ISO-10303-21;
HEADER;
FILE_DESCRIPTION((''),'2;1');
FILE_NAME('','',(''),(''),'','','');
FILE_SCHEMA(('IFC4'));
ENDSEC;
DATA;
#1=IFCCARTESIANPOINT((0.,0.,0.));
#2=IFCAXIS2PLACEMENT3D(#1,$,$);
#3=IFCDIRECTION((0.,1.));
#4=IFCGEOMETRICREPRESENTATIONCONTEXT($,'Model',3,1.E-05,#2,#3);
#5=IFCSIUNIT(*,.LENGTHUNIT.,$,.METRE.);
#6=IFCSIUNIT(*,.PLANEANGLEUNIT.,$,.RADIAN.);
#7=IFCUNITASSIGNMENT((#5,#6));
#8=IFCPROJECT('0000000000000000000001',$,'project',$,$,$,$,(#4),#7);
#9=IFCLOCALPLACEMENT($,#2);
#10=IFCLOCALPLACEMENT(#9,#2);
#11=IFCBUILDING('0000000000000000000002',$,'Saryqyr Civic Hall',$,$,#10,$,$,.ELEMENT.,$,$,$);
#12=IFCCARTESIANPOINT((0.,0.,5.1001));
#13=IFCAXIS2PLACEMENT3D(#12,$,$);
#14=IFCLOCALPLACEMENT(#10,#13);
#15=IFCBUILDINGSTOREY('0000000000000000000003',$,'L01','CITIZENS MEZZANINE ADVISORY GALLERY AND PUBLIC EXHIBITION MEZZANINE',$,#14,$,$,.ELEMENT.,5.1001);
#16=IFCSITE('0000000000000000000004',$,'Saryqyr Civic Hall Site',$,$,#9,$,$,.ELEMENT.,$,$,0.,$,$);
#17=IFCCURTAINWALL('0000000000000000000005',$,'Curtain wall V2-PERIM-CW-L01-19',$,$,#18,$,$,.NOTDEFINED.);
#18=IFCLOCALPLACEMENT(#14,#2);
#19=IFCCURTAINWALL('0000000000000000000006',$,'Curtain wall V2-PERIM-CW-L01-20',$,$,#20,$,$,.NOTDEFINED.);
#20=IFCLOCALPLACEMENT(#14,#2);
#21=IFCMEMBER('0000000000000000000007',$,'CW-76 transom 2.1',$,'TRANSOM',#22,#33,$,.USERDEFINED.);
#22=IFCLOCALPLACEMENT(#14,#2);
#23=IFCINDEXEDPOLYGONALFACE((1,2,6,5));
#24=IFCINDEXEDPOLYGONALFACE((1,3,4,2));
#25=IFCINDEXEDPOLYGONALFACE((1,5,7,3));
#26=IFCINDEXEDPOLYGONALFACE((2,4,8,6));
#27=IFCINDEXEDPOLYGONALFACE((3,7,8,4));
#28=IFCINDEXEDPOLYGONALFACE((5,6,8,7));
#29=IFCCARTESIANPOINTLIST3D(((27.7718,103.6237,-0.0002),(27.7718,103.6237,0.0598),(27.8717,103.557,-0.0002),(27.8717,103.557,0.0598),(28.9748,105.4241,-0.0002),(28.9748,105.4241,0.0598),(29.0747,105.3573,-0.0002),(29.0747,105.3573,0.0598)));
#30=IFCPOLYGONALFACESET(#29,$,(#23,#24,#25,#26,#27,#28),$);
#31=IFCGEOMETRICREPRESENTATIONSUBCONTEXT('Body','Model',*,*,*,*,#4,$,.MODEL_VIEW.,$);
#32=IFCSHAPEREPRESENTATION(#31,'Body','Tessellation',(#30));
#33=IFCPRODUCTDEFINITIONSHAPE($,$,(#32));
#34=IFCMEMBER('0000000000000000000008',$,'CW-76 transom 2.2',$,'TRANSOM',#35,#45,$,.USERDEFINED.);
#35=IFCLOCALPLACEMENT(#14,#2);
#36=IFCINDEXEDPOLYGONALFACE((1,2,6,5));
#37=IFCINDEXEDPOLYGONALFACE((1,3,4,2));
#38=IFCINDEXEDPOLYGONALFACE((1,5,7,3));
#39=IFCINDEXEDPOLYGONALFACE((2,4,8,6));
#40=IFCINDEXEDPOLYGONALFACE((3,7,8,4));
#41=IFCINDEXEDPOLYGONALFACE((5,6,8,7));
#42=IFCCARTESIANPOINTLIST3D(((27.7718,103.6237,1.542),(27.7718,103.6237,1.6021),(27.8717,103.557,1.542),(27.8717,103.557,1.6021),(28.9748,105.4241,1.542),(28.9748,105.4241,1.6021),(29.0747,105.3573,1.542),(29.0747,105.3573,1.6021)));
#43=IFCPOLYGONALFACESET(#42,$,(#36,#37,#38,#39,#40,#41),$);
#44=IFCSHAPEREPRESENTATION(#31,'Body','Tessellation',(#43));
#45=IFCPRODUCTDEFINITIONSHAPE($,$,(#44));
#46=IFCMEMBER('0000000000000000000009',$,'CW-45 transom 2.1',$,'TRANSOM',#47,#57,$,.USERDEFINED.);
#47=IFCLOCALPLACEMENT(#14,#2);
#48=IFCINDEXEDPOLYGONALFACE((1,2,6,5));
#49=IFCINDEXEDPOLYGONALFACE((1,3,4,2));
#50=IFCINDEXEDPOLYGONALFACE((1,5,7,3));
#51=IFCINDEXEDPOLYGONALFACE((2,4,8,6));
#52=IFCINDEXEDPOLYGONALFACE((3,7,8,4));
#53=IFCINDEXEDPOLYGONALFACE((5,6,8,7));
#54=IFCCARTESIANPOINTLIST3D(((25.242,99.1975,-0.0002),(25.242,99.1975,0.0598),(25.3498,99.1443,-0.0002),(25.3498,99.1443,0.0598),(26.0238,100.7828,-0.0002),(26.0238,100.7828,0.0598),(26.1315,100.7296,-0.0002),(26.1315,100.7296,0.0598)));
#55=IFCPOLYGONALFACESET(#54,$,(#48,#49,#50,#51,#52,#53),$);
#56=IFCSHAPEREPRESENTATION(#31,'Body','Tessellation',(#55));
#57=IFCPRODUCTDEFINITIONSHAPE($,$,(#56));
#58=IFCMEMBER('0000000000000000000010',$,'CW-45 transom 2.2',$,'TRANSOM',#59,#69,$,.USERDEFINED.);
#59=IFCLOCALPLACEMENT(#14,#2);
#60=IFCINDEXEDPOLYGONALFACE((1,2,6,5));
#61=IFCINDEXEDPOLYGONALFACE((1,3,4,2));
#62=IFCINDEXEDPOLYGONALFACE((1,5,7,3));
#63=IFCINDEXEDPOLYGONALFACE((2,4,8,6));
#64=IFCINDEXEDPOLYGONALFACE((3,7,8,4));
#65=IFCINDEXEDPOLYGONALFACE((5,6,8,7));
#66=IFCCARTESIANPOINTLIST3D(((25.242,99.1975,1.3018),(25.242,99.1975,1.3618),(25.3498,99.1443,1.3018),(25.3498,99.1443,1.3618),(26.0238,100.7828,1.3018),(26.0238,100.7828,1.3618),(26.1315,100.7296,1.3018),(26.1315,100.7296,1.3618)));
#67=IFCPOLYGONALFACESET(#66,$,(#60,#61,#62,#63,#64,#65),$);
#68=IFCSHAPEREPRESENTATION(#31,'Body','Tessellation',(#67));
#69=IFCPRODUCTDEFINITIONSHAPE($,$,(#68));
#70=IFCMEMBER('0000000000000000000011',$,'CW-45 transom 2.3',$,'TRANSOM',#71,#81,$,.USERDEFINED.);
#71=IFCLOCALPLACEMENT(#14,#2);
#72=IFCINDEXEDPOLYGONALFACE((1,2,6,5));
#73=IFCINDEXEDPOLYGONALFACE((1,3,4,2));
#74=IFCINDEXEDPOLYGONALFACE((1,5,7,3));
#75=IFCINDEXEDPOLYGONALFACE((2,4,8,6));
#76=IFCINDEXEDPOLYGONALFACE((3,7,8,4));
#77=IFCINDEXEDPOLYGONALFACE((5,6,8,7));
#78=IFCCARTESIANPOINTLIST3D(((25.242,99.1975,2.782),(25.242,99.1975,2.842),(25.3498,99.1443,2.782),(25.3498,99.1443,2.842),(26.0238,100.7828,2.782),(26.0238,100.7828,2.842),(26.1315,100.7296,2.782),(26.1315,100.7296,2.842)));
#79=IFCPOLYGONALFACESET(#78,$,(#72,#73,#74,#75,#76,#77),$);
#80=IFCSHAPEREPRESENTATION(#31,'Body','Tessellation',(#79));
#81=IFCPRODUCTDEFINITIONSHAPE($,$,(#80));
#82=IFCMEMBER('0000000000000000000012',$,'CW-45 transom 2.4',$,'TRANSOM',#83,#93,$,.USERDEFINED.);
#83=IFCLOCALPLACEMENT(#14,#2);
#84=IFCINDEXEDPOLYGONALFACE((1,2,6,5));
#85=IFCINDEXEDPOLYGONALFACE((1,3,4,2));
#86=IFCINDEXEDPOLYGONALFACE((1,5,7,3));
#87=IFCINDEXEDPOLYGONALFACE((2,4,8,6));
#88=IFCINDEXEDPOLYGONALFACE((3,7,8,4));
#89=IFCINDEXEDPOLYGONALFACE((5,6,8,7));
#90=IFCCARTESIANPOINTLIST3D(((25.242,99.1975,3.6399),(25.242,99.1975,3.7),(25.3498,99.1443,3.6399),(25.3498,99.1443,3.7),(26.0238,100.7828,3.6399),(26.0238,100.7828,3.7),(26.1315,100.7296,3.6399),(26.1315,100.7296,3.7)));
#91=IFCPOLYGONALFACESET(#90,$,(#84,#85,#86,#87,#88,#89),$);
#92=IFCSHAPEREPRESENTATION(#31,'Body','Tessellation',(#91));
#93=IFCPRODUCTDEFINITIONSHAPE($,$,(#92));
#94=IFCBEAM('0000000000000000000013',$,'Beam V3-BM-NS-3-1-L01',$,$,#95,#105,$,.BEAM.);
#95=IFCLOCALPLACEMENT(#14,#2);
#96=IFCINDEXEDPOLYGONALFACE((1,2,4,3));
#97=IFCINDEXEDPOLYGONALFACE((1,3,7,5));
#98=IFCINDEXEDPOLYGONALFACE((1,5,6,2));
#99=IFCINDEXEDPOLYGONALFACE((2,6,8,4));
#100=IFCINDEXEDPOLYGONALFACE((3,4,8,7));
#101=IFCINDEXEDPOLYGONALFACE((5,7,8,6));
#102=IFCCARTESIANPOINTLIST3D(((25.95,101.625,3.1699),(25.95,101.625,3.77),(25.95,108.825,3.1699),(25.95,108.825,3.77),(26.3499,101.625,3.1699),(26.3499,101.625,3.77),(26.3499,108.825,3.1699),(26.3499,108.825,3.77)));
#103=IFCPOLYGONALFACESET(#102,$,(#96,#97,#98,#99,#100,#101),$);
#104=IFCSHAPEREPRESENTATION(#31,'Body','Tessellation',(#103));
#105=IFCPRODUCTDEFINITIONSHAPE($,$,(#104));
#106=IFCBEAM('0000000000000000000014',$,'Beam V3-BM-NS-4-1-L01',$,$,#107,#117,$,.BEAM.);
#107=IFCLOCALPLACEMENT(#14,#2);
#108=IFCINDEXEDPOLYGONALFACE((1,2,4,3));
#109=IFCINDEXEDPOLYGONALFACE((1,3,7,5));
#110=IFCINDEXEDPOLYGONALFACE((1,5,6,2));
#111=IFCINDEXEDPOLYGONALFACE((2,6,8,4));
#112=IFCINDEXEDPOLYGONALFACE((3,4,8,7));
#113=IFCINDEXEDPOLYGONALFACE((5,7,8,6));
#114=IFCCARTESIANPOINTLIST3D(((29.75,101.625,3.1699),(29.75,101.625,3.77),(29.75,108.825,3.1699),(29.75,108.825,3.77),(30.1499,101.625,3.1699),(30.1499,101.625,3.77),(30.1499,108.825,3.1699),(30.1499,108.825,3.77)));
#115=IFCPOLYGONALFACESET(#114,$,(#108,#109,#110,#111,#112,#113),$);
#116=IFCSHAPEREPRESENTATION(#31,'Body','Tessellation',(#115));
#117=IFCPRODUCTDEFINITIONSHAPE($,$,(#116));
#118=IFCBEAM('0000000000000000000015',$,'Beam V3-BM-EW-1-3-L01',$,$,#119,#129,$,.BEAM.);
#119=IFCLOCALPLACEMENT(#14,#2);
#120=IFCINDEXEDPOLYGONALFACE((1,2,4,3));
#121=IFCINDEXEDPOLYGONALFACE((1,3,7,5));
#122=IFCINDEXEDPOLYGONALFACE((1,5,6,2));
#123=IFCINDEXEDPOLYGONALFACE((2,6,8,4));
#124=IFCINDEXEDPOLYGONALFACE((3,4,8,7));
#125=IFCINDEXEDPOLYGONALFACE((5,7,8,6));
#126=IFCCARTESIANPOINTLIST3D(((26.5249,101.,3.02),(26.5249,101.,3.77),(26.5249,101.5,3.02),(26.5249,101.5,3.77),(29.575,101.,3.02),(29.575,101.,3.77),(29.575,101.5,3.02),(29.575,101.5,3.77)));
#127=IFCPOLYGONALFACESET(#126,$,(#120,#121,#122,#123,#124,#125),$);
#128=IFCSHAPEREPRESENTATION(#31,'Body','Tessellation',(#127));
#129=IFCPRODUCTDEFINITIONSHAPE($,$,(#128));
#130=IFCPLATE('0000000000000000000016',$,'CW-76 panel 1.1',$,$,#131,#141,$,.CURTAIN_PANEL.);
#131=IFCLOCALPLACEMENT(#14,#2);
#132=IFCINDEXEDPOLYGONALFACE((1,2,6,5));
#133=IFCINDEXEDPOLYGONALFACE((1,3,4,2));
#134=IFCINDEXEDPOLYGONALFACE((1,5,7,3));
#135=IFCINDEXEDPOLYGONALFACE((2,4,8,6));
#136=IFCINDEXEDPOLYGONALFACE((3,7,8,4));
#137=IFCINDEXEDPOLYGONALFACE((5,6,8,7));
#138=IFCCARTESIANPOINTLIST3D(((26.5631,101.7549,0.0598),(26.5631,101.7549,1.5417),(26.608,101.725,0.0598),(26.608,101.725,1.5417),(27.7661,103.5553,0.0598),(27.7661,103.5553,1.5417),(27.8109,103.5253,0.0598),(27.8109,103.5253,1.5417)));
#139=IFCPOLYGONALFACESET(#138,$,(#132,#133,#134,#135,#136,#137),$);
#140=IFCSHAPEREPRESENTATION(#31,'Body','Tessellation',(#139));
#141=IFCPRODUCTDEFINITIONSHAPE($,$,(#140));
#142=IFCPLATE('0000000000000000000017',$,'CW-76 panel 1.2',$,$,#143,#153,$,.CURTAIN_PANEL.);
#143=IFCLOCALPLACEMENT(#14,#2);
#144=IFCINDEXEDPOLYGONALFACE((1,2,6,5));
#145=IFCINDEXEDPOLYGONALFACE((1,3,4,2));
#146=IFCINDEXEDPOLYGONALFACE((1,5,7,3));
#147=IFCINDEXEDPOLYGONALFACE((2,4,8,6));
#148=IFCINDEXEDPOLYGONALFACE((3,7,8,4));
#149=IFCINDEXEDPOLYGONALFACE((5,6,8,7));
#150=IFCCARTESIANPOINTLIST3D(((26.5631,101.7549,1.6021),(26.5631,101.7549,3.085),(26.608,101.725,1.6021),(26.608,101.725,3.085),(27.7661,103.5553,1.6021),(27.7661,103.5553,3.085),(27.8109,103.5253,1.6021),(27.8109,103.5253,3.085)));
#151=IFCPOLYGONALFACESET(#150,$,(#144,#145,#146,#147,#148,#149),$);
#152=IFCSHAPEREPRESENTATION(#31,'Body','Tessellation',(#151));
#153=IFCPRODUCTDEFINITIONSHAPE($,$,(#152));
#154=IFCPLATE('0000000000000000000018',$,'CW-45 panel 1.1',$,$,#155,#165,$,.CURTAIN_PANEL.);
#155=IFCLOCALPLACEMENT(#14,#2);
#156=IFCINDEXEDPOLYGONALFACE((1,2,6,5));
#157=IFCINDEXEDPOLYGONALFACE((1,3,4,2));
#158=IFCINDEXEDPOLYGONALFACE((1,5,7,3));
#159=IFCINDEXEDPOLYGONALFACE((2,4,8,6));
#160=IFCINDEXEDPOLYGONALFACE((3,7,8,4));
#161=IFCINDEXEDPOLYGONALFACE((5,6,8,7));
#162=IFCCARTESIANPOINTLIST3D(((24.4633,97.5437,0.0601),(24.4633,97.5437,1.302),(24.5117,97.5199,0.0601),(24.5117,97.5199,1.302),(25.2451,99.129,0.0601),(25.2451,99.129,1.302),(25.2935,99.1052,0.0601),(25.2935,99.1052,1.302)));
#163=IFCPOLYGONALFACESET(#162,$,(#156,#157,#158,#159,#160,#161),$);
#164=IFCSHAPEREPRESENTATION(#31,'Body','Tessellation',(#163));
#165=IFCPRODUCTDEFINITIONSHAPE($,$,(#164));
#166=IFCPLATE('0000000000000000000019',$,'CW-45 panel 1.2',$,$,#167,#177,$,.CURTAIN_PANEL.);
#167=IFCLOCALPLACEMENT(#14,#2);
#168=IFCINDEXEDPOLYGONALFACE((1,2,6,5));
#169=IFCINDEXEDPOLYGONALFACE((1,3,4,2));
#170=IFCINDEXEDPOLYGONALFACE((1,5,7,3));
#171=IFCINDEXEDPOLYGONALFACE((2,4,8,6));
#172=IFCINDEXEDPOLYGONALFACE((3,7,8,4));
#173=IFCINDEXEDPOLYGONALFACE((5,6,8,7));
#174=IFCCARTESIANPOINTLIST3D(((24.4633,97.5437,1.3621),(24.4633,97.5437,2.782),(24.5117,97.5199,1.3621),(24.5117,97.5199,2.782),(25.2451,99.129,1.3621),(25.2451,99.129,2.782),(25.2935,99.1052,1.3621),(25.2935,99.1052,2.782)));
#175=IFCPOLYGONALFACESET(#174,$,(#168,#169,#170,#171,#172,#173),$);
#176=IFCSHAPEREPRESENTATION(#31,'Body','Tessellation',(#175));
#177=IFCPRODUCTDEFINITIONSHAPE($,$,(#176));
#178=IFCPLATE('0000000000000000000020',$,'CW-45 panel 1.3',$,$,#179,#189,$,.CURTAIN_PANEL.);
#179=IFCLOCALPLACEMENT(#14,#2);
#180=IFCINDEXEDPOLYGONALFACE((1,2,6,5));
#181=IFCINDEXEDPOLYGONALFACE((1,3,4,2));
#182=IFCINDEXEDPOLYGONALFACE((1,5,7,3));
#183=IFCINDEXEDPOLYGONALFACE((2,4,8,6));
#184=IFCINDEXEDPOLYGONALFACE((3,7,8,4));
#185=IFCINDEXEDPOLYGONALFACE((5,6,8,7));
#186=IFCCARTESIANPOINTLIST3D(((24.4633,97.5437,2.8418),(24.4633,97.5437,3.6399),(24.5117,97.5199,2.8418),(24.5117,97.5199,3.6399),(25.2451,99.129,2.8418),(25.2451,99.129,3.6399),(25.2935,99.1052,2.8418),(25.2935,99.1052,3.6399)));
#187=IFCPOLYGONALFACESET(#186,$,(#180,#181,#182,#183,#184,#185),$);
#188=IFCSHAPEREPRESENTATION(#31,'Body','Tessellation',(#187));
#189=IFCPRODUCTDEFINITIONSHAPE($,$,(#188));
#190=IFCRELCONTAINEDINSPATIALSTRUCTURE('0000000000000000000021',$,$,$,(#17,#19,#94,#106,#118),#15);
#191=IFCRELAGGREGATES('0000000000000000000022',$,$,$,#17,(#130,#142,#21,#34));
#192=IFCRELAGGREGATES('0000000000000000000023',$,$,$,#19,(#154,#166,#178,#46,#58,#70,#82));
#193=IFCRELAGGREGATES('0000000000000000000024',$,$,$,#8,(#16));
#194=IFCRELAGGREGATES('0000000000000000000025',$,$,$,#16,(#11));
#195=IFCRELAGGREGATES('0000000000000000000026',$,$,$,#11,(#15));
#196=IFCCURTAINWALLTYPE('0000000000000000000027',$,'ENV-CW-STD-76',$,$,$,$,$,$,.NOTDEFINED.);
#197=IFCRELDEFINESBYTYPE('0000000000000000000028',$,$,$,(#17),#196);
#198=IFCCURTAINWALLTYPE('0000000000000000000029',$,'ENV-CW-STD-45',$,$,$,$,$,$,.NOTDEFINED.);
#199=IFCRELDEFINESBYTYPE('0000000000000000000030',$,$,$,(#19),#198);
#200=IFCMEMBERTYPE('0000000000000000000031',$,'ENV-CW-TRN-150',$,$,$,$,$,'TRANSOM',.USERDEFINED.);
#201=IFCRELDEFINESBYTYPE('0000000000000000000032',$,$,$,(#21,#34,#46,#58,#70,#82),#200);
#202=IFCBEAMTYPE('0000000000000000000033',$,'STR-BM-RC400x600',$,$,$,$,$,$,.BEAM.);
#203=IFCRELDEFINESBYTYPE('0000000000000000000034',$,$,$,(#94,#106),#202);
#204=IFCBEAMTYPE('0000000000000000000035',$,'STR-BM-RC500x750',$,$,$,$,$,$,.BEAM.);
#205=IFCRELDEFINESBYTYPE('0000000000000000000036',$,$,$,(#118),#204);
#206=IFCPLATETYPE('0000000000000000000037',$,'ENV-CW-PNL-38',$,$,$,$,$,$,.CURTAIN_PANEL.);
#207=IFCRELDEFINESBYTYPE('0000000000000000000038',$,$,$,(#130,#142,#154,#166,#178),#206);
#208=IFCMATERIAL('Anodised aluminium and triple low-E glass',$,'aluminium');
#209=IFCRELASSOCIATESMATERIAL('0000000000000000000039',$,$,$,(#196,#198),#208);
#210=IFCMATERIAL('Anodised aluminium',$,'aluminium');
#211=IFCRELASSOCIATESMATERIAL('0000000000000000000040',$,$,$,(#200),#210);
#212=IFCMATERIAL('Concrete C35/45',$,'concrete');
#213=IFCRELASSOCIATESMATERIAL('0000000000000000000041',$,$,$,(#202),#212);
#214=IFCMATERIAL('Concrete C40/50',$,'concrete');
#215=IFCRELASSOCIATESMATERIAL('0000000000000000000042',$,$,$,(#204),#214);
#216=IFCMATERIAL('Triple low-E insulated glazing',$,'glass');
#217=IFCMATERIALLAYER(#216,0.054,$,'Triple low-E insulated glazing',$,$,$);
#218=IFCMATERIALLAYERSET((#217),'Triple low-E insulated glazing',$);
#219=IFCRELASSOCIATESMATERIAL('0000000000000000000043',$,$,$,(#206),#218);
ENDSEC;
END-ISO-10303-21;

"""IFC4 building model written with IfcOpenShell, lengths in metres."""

from ifc_helpers import new_model, si_unit, direction, frame, origin, origin_2d, place, context, subcontext, project, spatial, rectangle, extrude, material, layer, layer_set, material_profile, profile_set, type_object, element, aggregate, save


model = new_model("IFC4")

# Units and contexts
model_context = context("Model", 3, precision=1e-05, world=origin(), true_north=direction((0.0, 1.0)))
body_context = subcontext(model_context, "Body", "Model", "MODEL_VIEW")
ifc_project = project(units=[si_unit("LENGTHUNIT", "METRE"), si_unit("PLANEANGLEUNIT", "RADIAN")], contexts=[model_context])

# Site, building, storey
site_placement = place(None, origin())
site = spatial("IfcSite", under=ifc_project, at=site_placement, Name="Saryqyr Civic Hall Site", CompositionType="ELEMENT", RefElevation=0.0)
building_placement = place(site_placement, origin())
building = spatial("IfcBuilding", under=site, at=building_placement, Name="Saryqyr Civic Hall", CompositionType="ELEMENT")
storey_placement = place(building_placement, frame((0.0, 0.0, 5.1001)))
storey = spatial("IfcBuildingStorey", under=building, at=storey_placement, Name="L01", Description="CITIZENS MEZZANINE ADVISORY GALLERY AND PUBLIC EXHIBITION MEZZANINE", CompositionType="ELEMENT", Elevation=5.1001)

# Shared definitions
ifc_material_1 = material(Name="Concrete C40/50", Category="concrete")

# Curtain walls
ifc_material_2 = material(Name="Anodised aluminium and triple low-E glass", Category="aluminium")
curtain_wall_type_1 = type_object("IfcCurtainWallType", Name="ENV-CW-STD-76", PredefinedType="NOTDEFINED", material=ifc_material_2)
curtain_wall_1_placement = place(storey_placement, origin())
curtain_wall_1 = element("IfcCurtainWall", 1, at=curtain_wall_1_placement, inside=storey, type_object=curtain_wall_type_1, Name="Curtain wall V2-PERIM-CW-L01-19", PredefinedType="NOTDEFINED")
ifc_material_3 = material(Name="Anodised aluminium", Category="aluminium")
curtain_wall_type_2 = type_object("IfcCurtainWallType", Name="ENV-CW-STD-45", PredefinedType="NOTDEFINED", material=ifc_material_2)
curtain_wall_2_placement = place(storey_placement, origin())
curtain_wall_2 = element("IfcCurtainWall", 2, at=curtain_wall_2_placement, inside=storey, type_object=curtain_wall_type_2, Name="Curtain wall V2-PERIM-CW-L01-20", PredefinedType="NOTDEFINED")

# Members
ifc_material_profile_1 = material_profile(ifc_material_3, rectangle(XDim=0.1201, YDim=0.0601, at=origin_2d()), Name="ALU TRANSOM 120x60")
ifc_profile_set_1 = profile_set([ifc_material_profile_1], Name="Anodised aluminium")
member_type_1 = type_object("IfcMemberType", Name="ENV-CW-TRN-150", ElementType="TRANSOM", PredefinedType="USERDEFINED", material=ifc_profile_set_1)
member_1_placement = place(storey_placement, frame((27.8218, 103.5903, 0.0298), z_axis=(0.555559, 0.831477, 0.0), x_axis=(-0.831477, 0.555559, 0.0)))
member_1 = element("IfcMember", 3, at=member_1_placement, type_object=member_type_1, Name="CW-76 transom 2.1", ObjectType="TRANSOM", PredefinedType="USERDEFINED", context=body_context, shape_type="SweptSolid", body=[
    extrude(rectangle(XDim=0.1201, YDim=0.0601, at=origin_2d()), origin(), (0.0, 0.0, 1.0), 2.1653),
])
member_2_placement = place(storey_placement, frame((27.8218, 103.5903, 1.572), z_axis=(0.555559, 0.831477, 0.0), x_axis=(-0.831477, 0.555559, 0.0)))
member_2 = element("IfcMember", 4, at=member_2_placement, type_object=member_type_1, Name="CW-76 transom 2.2", ObjectType="TRANSOM", PredefinedType="USERDEFINED", context=body_context, shape_type="SweptSolid", body=[
    extrude(rectangle(XDim=0.1201, YDim=0.0601, at=origin_2d()), origin(), (0.0, 0.0, 1.0), 2.1653),
])
member_3_placement = place(storey_placement, frame((25.2959, 99.1709, 0.0298), z_axis=(0.442289, 0.896872, 0.0), x_axis=(-0.896872, 0.442289, 0.0)))
member_3 = element("IfcMember", 5, at=member_3_placement, type_object=member_type_1, Name="CW-45 transom 2.1", ObjectType="TRANSOM", PredefinedType="USERDEFINED", context=body_context, shape_type="SweptSolid", body=[
    extrude(rectangle(XDim=0.1201, YDim=0.0601, at=origin_2d()), origin(), (0.0, 0.0, 1.0), 1.7676),
])
member_4_placement = place(storey_placement, frame((25.2959, 99.1709, 1.3318), z_axis=(0.442289, 0.896872, 0.0), x_axis=(-0.896872, 0.442289, 0.0)))
member_4 = element("IfcMember", 6, at=member_4_placement, type_object=member_type_1, Name="CW-45 transom 2.2", ObjectType="TRANSOM", PredefinedType="USERDEFINED", context=body_context, shape_type="SweptSolid", body=[
    extrude(rectangle(XDim=0.1201, YDim=0.0601, at=origin_2d()), origin(), (0.0, 0.0, 1.0), 1.7676),
])
member_5_placement = place(storey_placement, frame((25.2959, 99.1709, 2.812), z_axis=(0.442289, 0.896872, 0.0), x_axis=(-0.896872, 0.442289, 0.0)))
member_5 = element("IfcMember", 7, at=member_5_placement, type_object=member_type_1, Name="CW-45 transom 2.3", ObjectType="TRANSOM", PredefinedType="USERDEFINED", context=body_context, shape_type="SweptSolid", body=[
    extrude(rectangle(XDim=0.1201, YDim=0.0601, at=origin_2d()), origin(), (0.0, 0.0, 1.0), 1.7676),
])
member_6_placement = place(storey_placement, frame((25.2959, 99.1709, 3.6699), z_axis=(0.442289, 0.896872, 0.0), x_axis=(-0.896872, 0.442289, 0.0)))
member_6 = element("IfcMember", 8, at=member_6_placement, type_object=member_type_1, Name="CW-45 transom 2.4", ObjectType="TRANSOM", PredefinedType="USERDEFINED", context=body_context, shape_type="SweptSolid", body=[
    extrude(rectangle(XDim=0.1201, YDim=0.0601, at=origin_2d()), origin(), (0.0, 0.0, 1.0), 1.7676),
])

# Beams
ifc_material_4 = material(Name="Concrete C35/45", Category="concrete")
ifc_material_profile_2 = material_profile(ifc_material_4, rectangle(XDim=0.3999, YDim=0.6001, at=origin_2d()), Name="RC 400x600")
ifc_profile_set_2 = profile_set([ifc_material_profile_2], Name="Concrete C35/45")
beam_type_1 = type_object("IfcBeamType", Name="STR-BM-RC400x600", PredefinedType="BEAM", material=ifc_profile_set_2)
for number, where, z_axis, x_axis, name in (
    (9, (26.1499, 101.625, 3.47), (0.0, 1.0, 0.0), (-1.0, 0.0, 0.0), "Beam V3-BM-NS-3-1-L01"),
    (10, (29.95, 101.625, 3.47), (0.0, 1.0, 0.0), (-1.0, 0.0, 0.0), "Beam V3-BM-NS-4-1-L01"),
):
    element("IfcBeam", number, at=place(storey_placement, frame(where, z_axis=z_axis, x_axis=x_axis)), inside=storey, type_object=beam_type_1, Name=name, PredefinedType="BEAM", context=body_context, shape_type="SweptSolid", body=[
        extrude(rectangle(XDim=0.3999, YDim=0.6001, at=origin_2d()), origin(), (0.0, 0.0, 1.0), 7.2),
    ])
ifc_material_profile_3 = material_profile(ifc_material_1, rectangle(XDim=0.5, YDim=0.75, at=origin_2d()), Name="RC 500x750")
ifc_profile_set_3 = profile_set([ifc_material_profile_3], Name="Concrete C40/50")
beam_type_2 = type_object("IfcBeamType", Name="STR-BM-RC500x750", PredefinedType="BEAM", material=ifc_profile_set_3)
beam_placement = place(storey_placement, frame((26.5249, 101.25, 3.395), z_axis=(1.0, 0.0, 0.0), x_axis=(0.0, 1.0, 0.0)))
element("IfcBeam", 11, at=beam_placement, inside=storey, type_object=beam_type_2, Name="Beam V3-BM-EW-1-3-L01", PredefinedType="BEAM", context=body_context, shape_type="SweptSolid", body=[
    extrude(rectangle(XDim=0.5, YDim=0.75, at=origin_2d()), origin(), (0.0, 0.0, 1.0), 3.05),
])

# Plates
ifc_material_5 = material(Name="Triple low-E insulated glazing", Category="glass")
ifc_layer_1 = layer(ifc_material_5, 0.054, Name="Triple low-E insulated glazing")
ifc_layer_set_1 = layer_set([ifc_layer_1], Name="Triple low-E insulated glazing")
plate_type = type_object("IfcPlateType", Name="ENV-CW-PNL-38", PredefinedType="CURTAIN_PANEL", material=ifc_layer_set_1)
plate_1_placement = place(storey_placement, frame((27.187, 102.6401, 0.0598), z_axis=(0.0, 0.0, 1.0), x_axis=(0.555559, 0.831477, 0.0)))
plate_1 = element("IfcPlate", 12, at=plate_1_placement, type_object=plate_type, Name="CW-76 panel 1.1", PredefinedType="CURTAIN_PANEL", context=body_context, shape_type="SweptSolid", body=[
    extrude(rectangle(XDim=2.1653, YDim=0.054, at=origin_2d()), origin(), (0.0, 0.0, 1.0), 1.4819),
])
plate_2_placement = place(storey_placement, frame((27.187, 102.6401, 1.6021), z_axis=(0.0, 0.0, 1.0), x_axis=(0.555559, 0.831477, 0.0)))
plate_2 = element("IfcPlate", 13, at=plate_2_placement, type_object=plate_type, Name="CW-76 panel 1.2", PredefinedType="CURTAIN_PANEL", context=body_context, shape_type="SweptSolid", body=[
    extrude(rectangle(XDim=2.1653, YDim=0.054, at=origin_2d()), origin(), (0.0, 0.0, 1.0), 1.4829),
])
aggregate(curtain_wall_1, [plate_1, plate_2, member_1, member_2])
plate_3_placement = place(storey_placement, frame((24.8784, 98.3245, 0.0601), z_axis=(0.0, 0.0, 1.0), x_axis=(0.442286, 0.896874, 0.0)))
plate_3 = element("IfcPlate", 14, at=plate_3_placement, type_object=plate_type, Name="CW-45 panel 1.1", PredefinedType="CURTAIN_PANEL", context=body_context, shape_type="SweptSolid", body=[
    extrude(rectangle(XDim=1.7676, YDim=0.054, at=origin_2d()), origin(), (0.0, 0.0, 1.0), 1.2419),
])
plate_4_placement = place(storey_placement, frame((24.8784, 98.3245, 1.3621), z_axis=(0.0, 0.0, 1.0), x_axis=(0.442286, 0.896874, 0.0)))
plate_4 = element("IfcPlate", 15, at=plate_4_placement, type_object=plate_type, Name="CW-45 panel 1.2", PredefinedType="CURTAIN_PANEL", context=body_context, shape_type="SweptSolid", body=[
    extrude(rectangle(XDim=1.7676, YDim=0.054, at=origin_2d()), origin(), (0.0, 0.0, 1.0), 1.4199),
])
plate_5_placement = place(storey_placement, frame((24.8784, 98.3245, 2.8418), z_axis=(0.0, 0.0, 1.0), x_axis=(0.442286, 0.896874, 0.0)))
plate_5 = element("IfcPlate", 16, at=plate_5_placement, type_object=plate_type, Name="CW-45 panel 1.3", PredefinedType="CURTAIN_PANEL", context=body_context, shape_type="SweptSolid", body=[
    extrude(rectangle(XDim=1.7676, YDim=0.054, at=origin_2d()), origin(), (0.0, 0.0, 1.0), 0.7981),
])
aggregate(curtain_wall_2, [plate_3, plate_4, plate_5, member_3, member_4, member_5, member_6])

save(model, "model.ifc")
